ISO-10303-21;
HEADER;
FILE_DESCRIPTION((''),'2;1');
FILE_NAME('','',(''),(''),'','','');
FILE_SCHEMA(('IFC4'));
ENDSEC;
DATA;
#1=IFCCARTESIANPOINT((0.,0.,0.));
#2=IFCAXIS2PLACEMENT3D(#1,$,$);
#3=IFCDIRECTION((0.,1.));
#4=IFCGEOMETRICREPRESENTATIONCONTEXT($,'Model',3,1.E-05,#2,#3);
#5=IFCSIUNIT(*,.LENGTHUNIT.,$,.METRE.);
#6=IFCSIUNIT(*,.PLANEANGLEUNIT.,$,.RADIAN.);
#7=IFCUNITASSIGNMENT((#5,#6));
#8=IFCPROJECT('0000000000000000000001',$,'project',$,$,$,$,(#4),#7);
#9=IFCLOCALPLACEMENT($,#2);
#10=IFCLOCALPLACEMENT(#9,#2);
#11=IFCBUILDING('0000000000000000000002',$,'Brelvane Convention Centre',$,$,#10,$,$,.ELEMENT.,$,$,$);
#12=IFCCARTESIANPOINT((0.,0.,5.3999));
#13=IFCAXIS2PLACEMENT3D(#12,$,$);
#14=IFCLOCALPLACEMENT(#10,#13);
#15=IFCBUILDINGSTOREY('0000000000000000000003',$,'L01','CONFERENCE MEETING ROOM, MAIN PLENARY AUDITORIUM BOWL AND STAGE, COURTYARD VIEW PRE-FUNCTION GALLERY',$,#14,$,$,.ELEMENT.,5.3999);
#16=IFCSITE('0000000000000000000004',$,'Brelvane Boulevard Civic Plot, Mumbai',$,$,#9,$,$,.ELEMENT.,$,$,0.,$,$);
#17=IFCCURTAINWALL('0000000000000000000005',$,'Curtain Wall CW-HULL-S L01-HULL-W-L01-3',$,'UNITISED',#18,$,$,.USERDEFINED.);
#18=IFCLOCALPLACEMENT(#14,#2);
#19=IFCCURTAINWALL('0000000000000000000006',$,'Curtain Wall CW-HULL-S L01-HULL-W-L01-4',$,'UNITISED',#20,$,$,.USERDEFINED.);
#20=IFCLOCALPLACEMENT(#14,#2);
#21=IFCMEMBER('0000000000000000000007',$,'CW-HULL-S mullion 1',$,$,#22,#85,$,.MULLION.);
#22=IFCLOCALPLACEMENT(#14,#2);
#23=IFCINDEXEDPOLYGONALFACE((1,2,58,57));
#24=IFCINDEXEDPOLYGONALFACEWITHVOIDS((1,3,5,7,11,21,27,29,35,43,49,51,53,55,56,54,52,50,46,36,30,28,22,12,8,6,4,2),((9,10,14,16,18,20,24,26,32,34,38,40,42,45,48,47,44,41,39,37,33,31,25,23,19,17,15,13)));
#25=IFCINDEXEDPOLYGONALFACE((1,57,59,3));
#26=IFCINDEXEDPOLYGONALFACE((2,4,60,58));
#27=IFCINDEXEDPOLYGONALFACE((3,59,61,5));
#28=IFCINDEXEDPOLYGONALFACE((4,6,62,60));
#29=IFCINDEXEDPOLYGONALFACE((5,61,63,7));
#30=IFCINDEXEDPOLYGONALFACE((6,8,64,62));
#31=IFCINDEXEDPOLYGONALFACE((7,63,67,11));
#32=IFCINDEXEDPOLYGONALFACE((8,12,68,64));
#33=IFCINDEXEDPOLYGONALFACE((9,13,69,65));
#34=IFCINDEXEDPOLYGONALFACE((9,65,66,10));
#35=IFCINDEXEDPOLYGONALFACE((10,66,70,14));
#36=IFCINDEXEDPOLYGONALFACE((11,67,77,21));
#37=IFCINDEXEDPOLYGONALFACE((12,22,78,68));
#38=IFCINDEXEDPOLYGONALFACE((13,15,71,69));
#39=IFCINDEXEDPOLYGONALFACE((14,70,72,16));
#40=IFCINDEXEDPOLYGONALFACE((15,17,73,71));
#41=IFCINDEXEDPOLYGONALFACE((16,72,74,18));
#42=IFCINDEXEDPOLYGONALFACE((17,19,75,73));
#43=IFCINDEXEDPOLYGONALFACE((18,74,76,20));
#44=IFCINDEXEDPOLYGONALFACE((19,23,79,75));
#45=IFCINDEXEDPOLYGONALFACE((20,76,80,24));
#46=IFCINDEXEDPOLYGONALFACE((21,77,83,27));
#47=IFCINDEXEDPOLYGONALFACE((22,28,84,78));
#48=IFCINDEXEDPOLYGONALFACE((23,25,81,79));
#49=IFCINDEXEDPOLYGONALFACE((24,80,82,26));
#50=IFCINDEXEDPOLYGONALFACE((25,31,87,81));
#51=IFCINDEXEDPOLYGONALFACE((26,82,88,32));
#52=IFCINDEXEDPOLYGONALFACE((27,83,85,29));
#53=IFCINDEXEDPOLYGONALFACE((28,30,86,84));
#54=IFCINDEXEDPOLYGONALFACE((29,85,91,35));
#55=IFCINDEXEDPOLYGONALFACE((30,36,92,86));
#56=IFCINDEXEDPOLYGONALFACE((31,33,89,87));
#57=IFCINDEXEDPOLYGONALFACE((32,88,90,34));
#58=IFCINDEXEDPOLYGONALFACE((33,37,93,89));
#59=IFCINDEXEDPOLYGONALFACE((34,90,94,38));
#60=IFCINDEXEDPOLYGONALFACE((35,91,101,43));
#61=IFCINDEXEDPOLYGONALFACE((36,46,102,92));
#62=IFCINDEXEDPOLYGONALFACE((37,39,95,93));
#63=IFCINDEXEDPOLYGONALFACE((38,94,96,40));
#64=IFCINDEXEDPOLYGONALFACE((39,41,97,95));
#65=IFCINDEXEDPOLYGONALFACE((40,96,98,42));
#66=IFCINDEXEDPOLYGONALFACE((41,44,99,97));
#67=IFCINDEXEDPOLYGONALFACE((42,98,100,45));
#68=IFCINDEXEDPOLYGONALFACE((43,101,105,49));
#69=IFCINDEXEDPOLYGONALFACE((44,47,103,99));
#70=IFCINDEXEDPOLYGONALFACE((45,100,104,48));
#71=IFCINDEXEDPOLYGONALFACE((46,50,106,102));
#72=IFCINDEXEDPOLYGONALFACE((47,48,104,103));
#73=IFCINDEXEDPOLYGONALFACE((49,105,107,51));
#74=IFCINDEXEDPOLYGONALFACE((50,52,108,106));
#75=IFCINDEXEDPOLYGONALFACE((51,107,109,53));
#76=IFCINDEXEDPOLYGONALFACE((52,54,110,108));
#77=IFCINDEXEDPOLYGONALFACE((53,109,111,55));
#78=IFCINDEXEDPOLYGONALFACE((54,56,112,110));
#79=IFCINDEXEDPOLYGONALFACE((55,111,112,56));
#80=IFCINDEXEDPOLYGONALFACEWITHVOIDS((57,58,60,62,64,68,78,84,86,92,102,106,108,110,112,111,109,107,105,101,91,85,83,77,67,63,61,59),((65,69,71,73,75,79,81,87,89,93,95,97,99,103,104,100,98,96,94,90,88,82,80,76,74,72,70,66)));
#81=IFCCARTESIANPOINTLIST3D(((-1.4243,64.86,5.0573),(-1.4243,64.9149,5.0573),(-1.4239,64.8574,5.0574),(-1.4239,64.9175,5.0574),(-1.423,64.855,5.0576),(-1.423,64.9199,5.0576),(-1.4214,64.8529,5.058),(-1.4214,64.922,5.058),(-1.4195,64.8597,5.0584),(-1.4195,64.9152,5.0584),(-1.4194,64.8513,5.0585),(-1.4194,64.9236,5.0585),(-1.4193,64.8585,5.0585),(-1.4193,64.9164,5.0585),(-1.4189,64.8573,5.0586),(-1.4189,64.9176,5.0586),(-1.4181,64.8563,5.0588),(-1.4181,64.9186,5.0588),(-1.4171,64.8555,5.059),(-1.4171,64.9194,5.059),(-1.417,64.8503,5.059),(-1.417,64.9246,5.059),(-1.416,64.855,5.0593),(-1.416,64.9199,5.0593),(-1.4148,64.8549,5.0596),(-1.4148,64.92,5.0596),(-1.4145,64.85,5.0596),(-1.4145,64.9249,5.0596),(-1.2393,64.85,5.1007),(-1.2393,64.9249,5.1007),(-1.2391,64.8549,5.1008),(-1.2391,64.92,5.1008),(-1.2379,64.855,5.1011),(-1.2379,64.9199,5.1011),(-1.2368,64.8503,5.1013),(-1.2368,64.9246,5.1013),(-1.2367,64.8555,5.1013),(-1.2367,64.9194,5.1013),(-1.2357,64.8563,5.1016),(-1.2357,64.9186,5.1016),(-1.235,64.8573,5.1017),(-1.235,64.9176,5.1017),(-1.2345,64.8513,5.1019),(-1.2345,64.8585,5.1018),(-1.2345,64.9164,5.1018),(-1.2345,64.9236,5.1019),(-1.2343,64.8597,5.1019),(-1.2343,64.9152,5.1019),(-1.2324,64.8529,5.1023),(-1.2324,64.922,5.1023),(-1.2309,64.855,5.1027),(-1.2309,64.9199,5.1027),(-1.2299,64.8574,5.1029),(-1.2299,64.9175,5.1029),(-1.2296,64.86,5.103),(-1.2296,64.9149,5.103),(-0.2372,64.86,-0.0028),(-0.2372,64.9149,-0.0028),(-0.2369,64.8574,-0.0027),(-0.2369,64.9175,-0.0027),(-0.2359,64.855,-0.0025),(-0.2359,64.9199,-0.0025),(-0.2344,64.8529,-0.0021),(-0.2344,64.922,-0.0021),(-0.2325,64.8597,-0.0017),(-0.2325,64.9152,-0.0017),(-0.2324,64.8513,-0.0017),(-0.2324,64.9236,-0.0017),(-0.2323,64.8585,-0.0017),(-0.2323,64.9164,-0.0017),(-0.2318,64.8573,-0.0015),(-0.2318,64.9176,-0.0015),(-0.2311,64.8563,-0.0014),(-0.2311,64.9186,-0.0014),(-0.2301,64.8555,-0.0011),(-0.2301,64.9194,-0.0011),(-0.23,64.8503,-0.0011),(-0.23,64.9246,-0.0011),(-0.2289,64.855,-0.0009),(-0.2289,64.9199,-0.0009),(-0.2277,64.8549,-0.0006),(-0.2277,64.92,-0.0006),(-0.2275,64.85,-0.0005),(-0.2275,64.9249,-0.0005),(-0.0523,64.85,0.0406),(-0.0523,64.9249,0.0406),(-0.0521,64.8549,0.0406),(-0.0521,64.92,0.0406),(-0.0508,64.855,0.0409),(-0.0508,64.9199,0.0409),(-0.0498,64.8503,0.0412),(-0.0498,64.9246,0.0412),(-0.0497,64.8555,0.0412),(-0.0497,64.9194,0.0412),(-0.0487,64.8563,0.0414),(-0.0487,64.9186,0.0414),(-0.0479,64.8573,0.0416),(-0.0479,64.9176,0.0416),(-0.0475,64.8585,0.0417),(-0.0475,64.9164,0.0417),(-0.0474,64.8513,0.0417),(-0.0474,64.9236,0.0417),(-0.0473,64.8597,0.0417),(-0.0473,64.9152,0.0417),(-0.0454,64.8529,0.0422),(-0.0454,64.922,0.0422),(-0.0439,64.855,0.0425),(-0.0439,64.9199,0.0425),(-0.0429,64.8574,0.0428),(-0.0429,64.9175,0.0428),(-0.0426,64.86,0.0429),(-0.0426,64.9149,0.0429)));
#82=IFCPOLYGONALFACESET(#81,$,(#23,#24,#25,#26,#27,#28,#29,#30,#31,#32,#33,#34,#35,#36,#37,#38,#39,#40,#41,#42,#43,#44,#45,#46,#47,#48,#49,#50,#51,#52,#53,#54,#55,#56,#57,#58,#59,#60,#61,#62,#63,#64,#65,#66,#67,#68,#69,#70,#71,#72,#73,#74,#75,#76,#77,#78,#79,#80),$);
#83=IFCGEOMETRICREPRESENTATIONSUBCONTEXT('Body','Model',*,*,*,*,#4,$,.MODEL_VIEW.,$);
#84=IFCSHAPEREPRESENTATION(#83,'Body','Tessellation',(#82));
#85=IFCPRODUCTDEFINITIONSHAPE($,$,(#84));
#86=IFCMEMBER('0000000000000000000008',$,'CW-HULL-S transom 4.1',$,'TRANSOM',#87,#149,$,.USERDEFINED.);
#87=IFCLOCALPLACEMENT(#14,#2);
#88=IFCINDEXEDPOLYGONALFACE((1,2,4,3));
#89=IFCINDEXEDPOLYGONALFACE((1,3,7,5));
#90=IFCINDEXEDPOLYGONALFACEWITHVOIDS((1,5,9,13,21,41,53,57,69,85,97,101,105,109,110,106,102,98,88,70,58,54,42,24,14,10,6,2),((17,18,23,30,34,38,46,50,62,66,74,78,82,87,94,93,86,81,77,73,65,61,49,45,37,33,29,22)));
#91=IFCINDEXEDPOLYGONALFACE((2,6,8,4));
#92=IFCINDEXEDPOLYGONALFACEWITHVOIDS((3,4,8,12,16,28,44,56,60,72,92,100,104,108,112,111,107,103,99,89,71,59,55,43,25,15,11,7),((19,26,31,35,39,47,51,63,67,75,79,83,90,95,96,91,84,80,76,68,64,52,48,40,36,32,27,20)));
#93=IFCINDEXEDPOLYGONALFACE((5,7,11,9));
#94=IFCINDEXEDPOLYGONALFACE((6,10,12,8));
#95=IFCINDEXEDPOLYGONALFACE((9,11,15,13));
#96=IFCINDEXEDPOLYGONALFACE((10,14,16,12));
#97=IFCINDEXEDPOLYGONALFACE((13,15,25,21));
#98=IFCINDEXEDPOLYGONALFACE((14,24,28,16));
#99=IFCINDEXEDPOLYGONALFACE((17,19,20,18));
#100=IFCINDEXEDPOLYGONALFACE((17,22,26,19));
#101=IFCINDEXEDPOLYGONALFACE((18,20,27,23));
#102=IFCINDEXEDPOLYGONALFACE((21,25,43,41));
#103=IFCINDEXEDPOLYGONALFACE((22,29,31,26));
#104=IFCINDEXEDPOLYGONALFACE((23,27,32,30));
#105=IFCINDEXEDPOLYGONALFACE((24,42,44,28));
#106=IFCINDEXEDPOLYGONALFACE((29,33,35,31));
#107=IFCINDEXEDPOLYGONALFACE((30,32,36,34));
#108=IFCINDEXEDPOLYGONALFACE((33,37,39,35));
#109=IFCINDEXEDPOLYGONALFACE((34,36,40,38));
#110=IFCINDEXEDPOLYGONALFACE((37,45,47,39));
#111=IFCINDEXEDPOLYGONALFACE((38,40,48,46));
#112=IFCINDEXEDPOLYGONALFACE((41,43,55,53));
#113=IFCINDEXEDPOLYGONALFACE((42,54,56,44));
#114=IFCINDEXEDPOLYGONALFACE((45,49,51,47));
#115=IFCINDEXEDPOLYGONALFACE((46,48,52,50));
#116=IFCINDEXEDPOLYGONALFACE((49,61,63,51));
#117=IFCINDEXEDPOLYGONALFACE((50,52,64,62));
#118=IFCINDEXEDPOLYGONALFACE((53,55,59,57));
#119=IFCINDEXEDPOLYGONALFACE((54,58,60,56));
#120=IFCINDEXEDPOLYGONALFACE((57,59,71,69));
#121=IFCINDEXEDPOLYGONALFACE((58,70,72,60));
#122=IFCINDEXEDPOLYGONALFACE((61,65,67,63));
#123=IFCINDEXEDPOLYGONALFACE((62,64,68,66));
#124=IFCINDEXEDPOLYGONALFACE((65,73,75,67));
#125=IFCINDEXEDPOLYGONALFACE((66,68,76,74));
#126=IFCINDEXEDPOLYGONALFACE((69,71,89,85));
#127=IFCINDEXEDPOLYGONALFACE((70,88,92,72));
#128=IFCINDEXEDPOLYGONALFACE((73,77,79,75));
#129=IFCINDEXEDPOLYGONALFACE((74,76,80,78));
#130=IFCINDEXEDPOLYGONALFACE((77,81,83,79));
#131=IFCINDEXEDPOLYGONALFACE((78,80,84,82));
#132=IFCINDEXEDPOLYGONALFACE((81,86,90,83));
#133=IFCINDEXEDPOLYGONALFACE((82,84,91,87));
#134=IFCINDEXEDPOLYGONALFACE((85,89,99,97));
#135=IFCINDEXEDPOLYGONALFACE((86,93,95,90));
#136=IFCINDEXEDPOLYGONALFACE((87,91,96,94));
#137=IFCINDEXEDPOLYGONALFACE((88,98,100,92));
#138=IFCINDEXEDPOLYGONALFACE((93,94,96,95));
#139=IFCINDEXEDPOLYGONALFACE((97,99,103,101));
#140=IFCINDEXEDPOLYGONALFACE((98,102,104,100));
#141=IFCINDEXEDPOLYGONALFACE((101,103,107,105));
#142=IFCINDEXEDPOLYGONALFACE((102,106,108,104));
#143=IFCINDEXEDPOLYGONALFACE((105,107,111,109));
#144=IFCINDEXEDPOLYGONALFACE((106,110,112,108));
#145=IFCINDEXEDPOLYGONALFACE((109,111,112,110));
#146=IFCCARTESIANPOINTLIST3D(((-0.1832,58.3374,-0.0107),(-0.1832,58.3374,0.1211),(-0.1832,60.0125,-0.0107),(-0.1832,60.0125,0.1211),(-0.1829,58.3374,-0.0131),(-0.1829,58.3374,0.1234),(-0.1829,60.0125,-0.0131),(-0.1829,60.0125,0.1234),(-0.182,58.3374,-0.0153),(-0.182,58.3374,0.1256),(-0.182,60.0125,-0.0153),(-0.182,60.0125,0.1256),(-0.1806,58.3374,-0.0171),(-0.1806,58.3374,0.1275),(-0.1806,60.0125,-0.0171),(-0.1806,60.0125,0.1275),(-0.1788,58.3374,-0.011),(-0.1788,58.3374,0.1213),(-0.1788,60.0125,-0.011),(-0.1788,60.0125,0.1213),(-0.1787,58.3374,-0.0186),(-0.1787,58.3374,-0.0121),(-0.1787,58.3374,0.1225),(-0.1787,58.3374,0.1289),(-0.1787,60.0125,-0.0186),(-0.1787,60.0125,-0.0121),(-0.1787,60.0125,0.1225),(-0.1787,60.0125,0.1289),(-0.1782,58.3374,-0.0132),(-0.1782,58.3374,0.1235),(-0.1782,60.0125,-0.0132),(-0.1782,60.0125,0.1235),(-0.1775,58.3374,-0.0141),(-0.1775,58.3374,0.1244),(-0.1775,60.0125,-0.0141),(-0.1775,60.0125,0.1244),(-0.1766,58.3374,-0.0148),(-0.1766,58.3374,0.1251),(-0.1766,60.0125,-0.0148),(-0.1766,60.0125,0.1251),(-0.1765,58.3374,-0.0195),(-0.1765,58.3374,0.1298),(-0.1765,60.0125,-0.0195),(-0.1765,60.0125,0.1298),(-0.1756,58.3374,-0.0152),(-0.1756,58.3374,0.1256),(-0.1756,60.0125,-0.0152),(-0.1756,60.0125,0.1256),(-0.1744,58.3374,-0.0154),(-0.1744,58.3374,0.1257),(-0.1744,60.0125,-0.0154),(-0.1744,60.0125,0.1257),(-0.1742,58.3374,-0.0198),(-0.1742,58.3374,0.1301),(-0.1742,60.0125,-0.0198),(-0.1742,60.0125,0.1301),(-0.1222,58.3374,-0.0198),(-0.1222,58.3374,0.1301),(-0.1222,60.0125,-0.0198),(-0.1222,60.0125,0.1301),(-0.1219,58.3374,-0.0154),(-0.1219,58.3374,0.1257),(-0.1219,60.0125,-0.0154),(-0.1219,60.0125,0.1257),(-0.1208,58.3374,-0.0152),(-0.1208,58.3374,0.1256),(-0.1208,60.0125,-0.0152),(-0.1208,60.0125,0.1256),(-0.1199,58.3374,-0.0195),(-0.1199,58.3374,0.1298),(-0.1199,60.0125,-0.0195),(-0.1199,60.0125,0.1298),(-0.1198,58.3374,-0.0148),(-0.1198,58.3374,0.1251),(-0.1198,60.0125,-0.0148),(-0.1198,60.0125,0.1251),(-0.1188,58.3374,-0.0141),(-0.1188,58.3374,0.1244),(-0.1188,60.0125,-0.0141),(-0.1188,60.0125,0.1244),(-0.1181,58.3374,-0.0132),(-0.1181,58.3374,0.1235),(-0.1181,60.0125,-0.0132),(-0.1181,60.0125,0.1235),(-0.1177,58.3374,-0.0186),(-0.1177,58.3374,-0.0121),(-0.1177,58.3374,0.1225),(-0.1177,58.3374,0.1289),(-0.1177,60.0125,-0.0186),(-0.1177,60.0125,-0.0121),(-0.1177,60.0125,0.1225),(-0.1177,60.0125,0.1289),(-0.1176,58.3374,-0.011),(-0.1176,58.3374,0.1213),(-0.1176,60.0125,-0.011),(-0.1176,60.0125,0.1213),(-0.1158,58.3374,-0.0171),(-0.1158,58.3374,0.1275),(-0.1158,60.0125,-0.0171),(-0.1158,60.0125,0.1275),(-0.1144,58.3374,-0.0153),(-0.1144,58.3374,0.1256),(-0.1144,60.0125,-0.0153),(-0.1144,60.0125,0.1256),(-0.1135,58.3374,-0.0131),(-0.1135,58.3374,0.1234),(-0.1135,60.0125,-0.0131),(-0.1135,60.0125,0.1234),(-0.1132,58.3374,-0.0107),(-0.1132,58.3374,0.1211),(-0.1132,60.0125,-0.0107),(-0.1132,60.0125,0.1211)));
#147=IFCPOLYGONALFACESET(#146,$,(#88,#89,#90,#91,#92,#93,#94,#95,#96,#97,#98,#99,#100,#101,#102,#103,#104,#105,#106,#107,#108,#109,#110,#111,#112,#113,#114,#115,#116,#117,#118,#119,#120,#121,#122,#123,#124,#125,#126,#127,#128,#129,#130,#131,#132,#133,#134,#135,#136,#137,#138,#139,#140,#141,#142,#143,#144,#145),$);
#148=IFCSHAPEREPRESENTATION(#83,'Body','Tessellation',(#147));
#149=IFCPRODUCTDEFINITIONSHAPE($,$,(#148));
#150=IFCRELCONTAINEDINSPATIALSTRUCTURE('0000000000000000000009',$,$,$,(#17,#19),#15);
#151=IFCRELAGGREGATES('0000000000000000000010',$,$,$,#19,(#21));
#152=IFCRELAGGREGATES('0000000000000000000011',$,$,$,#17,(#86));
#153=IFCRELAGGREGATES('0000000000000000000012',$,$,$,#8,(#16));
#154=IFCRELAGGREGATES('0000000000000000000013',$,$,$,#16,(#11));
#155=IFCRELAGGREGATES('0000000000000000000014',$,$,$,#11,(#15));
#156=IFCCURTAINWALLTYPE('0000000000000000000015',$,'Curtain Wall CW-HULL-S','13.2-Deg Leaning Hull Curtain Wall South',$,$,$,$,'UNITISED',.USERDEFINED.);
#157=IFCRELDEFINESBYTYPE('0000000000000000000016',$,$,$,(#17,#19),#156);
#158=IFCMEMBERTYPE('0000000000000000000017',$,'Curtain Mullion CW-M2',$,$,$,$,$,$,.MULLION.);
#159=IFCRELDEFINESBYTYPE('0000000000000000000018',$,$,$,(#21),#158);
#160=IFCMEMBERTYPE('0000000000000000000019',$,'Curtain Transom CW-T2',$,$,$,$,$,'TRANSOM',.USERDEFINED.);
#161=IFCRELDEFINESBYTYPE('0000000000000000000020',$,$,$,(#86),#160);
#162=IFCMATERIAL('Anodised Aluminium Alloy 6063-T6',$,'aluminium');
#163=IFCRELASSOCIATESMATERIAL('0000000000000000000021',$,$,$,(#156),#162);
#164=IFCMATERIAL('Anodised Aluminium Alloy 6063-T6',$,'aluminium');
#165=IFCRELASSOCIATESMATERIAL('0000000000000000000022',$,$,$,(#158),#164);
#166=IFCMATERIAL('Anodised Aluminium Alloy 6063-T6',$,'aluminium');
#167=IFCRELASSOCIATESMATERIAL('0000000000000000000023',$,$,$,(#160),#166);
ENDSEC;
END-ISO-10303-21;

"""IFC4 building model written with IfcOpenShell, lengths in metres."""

from ifc_helpers import new_model, si_unit, direction, frame, origin, origin_2d, place, context, subcontext, project, spatial, hollow_rectangle, extrude, material, material_profile, profile_set, type_object, element, aggregate, save


model = new_model("IFC4")

# Units and contexts
model_context = context("Model", 3, precision=1e-05, world=origin(), true_north=direction((0.0, 1.0)))
body_context = subcontext(model_context, "Body", "Model", "MODEL_VIEW")
ifc_project = project(units=[si_unit("LENGTHUNIT", "METRE"), si_unit("PLANEANGLEUNIT", "RADIAN")], contexts=[model_context])

# Site, building, storey
site_placement = place(None, origin())
site = spatial("IfcSite", under=ifc_project, at=site_placement, Name="Brelvane Boulevard Civic Plot, Mumbai", CompositionType="ELEMENT", RefElevation=0.0)
building_placement = place(site_placement, origin())
building = spatial("IfcBuilding", under=site, at=building_placement, Name="Brelvane Convention Centre", CompositionType="ELEMENT")
storey_placement = place(building_placement, frame((0.0, 0.0, 5.3999)))
storey = spatial("IfcBuildingStorey", under=building, at=storey_placement, Name="L01", Description="CONFERENCE MEETING ROOM, MAIN PLENARY AUDITORIUM BOWL AND STAGE, COURTYARD VIEW PRE-FUNCTION GALLERY", CompositionType="ELEMENT", Elevation=5.3999)

# Curtain wall
ifc_material_1 = material(Name="Anodised Aluminium Alloy 6063-T6", Category="aluminium")
curtain_wall_type = type_object("IfcCurtainWallType", Name="Curtain Wall CW-HULL-S", Description="13.2-Deg Leaning Hull Curtain Wall South", ElementType="UNITISED", PredefinedType="USERDEFINED", material=ifc_material_1)
curtain_wall_1_placement = place(storey_placement, origin())
curtain_wall_1 = element("IfcCurtainWall", 1, at=curtain_wall_1_placement, inside=storey, type_object=curtain_wall_type, Name="Curtain Wall CW-HULL-S L01-HULL-W-L01-3", ObjectType="UNITISED", PredefinedType="USERDEFINED")
ifc_material_2 = material(Name="Anodised Aluminium Alloy 6063-T6", Category="aluminium")
ifc_material_profile_1 = material_profile(ifc_material_2, hollow_rectangle(XDim=0.075, YDim=0.2, WallThickness=0.0049, InnerFilletRadius=0.0049, OuterFilletRadius=0.01, at=origin_2d()), Name="ALU-M 200x75x5.0")
ifc_profile_set_1 = profile_set([ifc_material_profile_1], Name="Anodised Aluminium Alloy 6063-T6")
member_type_1 = type_object("IfcMemberType", Name="Curtain Mullion CW-M2", PredefinedType="MULLION", material=ifc_profile_set_1)

# Curtain wall, member
curtain_wall_2_placement = place(storey_placement, origin())
curtain_wall_2 = element("IfcCurtainWall", 2, at=curtain_wall_2_placement, inside=storey, type_object=curtain_wall_type, Name="Curtain Wall CW-HULL-S L01-HULL-W-L01-4", ObjectType="UNITISED", PredefinedType="USERDEFINED")
member_1_placement = place(storey_placement, frame((-0.1399, 64.8875, 0.02), z_axis=(-0.228385, 0.0, 0.973571), x_axis=(0.0, -1.0, 0.0)))
member_1 = element("IfcMember", 3, at=member_1_placement, type_object=member_type_1, Name="CW-HULL-S mullion 1", PredefinedType="MULLION", context=body_context, shape_type="SweptSolid", body=[
    extrude(hollow_rectangle(XDim=0.075, YDim=0.2, WallThickness=0.0049, InnerFilletRadius=0.0049, OuterFilletRadius=0.01, at=origin_2d()), origin(), (0.0, 0.0, 1.0), 5.1975),
])

# Member
ifc_material_3 = material(Name="Anodised Aluminium Alloy 6063-T6", Category="aluminium")
ifc_material_profile_2 = material_profile(ifc_material_3, hollow_rectangle(XDim=0.0701, YDim=0.1499, WallThickness=0.0044, InnerFilletRadius=0.0044, OuterFilletRadius=0.009, at=origin_2d()), Name="ALU-T 150x70x4.5")
ifc_profile_set_2 = profile_set([ifc_material_profile_2], Name="Anodised Aluminium Alloy 6063-T6")
member_type_2 = type_object("IfcMemberType", Name="Curtain Transom CW-T2", ElementType="TRANSOM", PredefinedType="USERDEFINED", material=ifc_profile_set_2)
member_2_placement = place(storey_placement, frame((-0.1482, 58.3374, 0.0552), z_axis=(0.0, 1.0, 0.0), x_axis=(-1.0, 0.0, 0.0)))
member_2 = element("IfcMember", 4, at=member_2_placement, type_object=member_type_2, Name="CW-HULL-S transom 4.1", ObjectType="TRANSOM", PredefinedType="USERDEFINED", context=body_context, shape_type="SweptSolid", body=[
    extrude(hollow_rectangle(XDim=0.0701, YDim=0.1499, WallThickness=0.0044, InnerFilletRadius=0.0044, OuterFilletRadius=0.009, at=origin_2d()), origin(), (0.0, 0.0, 1.0), 1.675),
])

aggregate(curtain_wall_2, [member_1])
aggregate(curtain_wall_1, [member_2])

save(model, "model.ifc")
